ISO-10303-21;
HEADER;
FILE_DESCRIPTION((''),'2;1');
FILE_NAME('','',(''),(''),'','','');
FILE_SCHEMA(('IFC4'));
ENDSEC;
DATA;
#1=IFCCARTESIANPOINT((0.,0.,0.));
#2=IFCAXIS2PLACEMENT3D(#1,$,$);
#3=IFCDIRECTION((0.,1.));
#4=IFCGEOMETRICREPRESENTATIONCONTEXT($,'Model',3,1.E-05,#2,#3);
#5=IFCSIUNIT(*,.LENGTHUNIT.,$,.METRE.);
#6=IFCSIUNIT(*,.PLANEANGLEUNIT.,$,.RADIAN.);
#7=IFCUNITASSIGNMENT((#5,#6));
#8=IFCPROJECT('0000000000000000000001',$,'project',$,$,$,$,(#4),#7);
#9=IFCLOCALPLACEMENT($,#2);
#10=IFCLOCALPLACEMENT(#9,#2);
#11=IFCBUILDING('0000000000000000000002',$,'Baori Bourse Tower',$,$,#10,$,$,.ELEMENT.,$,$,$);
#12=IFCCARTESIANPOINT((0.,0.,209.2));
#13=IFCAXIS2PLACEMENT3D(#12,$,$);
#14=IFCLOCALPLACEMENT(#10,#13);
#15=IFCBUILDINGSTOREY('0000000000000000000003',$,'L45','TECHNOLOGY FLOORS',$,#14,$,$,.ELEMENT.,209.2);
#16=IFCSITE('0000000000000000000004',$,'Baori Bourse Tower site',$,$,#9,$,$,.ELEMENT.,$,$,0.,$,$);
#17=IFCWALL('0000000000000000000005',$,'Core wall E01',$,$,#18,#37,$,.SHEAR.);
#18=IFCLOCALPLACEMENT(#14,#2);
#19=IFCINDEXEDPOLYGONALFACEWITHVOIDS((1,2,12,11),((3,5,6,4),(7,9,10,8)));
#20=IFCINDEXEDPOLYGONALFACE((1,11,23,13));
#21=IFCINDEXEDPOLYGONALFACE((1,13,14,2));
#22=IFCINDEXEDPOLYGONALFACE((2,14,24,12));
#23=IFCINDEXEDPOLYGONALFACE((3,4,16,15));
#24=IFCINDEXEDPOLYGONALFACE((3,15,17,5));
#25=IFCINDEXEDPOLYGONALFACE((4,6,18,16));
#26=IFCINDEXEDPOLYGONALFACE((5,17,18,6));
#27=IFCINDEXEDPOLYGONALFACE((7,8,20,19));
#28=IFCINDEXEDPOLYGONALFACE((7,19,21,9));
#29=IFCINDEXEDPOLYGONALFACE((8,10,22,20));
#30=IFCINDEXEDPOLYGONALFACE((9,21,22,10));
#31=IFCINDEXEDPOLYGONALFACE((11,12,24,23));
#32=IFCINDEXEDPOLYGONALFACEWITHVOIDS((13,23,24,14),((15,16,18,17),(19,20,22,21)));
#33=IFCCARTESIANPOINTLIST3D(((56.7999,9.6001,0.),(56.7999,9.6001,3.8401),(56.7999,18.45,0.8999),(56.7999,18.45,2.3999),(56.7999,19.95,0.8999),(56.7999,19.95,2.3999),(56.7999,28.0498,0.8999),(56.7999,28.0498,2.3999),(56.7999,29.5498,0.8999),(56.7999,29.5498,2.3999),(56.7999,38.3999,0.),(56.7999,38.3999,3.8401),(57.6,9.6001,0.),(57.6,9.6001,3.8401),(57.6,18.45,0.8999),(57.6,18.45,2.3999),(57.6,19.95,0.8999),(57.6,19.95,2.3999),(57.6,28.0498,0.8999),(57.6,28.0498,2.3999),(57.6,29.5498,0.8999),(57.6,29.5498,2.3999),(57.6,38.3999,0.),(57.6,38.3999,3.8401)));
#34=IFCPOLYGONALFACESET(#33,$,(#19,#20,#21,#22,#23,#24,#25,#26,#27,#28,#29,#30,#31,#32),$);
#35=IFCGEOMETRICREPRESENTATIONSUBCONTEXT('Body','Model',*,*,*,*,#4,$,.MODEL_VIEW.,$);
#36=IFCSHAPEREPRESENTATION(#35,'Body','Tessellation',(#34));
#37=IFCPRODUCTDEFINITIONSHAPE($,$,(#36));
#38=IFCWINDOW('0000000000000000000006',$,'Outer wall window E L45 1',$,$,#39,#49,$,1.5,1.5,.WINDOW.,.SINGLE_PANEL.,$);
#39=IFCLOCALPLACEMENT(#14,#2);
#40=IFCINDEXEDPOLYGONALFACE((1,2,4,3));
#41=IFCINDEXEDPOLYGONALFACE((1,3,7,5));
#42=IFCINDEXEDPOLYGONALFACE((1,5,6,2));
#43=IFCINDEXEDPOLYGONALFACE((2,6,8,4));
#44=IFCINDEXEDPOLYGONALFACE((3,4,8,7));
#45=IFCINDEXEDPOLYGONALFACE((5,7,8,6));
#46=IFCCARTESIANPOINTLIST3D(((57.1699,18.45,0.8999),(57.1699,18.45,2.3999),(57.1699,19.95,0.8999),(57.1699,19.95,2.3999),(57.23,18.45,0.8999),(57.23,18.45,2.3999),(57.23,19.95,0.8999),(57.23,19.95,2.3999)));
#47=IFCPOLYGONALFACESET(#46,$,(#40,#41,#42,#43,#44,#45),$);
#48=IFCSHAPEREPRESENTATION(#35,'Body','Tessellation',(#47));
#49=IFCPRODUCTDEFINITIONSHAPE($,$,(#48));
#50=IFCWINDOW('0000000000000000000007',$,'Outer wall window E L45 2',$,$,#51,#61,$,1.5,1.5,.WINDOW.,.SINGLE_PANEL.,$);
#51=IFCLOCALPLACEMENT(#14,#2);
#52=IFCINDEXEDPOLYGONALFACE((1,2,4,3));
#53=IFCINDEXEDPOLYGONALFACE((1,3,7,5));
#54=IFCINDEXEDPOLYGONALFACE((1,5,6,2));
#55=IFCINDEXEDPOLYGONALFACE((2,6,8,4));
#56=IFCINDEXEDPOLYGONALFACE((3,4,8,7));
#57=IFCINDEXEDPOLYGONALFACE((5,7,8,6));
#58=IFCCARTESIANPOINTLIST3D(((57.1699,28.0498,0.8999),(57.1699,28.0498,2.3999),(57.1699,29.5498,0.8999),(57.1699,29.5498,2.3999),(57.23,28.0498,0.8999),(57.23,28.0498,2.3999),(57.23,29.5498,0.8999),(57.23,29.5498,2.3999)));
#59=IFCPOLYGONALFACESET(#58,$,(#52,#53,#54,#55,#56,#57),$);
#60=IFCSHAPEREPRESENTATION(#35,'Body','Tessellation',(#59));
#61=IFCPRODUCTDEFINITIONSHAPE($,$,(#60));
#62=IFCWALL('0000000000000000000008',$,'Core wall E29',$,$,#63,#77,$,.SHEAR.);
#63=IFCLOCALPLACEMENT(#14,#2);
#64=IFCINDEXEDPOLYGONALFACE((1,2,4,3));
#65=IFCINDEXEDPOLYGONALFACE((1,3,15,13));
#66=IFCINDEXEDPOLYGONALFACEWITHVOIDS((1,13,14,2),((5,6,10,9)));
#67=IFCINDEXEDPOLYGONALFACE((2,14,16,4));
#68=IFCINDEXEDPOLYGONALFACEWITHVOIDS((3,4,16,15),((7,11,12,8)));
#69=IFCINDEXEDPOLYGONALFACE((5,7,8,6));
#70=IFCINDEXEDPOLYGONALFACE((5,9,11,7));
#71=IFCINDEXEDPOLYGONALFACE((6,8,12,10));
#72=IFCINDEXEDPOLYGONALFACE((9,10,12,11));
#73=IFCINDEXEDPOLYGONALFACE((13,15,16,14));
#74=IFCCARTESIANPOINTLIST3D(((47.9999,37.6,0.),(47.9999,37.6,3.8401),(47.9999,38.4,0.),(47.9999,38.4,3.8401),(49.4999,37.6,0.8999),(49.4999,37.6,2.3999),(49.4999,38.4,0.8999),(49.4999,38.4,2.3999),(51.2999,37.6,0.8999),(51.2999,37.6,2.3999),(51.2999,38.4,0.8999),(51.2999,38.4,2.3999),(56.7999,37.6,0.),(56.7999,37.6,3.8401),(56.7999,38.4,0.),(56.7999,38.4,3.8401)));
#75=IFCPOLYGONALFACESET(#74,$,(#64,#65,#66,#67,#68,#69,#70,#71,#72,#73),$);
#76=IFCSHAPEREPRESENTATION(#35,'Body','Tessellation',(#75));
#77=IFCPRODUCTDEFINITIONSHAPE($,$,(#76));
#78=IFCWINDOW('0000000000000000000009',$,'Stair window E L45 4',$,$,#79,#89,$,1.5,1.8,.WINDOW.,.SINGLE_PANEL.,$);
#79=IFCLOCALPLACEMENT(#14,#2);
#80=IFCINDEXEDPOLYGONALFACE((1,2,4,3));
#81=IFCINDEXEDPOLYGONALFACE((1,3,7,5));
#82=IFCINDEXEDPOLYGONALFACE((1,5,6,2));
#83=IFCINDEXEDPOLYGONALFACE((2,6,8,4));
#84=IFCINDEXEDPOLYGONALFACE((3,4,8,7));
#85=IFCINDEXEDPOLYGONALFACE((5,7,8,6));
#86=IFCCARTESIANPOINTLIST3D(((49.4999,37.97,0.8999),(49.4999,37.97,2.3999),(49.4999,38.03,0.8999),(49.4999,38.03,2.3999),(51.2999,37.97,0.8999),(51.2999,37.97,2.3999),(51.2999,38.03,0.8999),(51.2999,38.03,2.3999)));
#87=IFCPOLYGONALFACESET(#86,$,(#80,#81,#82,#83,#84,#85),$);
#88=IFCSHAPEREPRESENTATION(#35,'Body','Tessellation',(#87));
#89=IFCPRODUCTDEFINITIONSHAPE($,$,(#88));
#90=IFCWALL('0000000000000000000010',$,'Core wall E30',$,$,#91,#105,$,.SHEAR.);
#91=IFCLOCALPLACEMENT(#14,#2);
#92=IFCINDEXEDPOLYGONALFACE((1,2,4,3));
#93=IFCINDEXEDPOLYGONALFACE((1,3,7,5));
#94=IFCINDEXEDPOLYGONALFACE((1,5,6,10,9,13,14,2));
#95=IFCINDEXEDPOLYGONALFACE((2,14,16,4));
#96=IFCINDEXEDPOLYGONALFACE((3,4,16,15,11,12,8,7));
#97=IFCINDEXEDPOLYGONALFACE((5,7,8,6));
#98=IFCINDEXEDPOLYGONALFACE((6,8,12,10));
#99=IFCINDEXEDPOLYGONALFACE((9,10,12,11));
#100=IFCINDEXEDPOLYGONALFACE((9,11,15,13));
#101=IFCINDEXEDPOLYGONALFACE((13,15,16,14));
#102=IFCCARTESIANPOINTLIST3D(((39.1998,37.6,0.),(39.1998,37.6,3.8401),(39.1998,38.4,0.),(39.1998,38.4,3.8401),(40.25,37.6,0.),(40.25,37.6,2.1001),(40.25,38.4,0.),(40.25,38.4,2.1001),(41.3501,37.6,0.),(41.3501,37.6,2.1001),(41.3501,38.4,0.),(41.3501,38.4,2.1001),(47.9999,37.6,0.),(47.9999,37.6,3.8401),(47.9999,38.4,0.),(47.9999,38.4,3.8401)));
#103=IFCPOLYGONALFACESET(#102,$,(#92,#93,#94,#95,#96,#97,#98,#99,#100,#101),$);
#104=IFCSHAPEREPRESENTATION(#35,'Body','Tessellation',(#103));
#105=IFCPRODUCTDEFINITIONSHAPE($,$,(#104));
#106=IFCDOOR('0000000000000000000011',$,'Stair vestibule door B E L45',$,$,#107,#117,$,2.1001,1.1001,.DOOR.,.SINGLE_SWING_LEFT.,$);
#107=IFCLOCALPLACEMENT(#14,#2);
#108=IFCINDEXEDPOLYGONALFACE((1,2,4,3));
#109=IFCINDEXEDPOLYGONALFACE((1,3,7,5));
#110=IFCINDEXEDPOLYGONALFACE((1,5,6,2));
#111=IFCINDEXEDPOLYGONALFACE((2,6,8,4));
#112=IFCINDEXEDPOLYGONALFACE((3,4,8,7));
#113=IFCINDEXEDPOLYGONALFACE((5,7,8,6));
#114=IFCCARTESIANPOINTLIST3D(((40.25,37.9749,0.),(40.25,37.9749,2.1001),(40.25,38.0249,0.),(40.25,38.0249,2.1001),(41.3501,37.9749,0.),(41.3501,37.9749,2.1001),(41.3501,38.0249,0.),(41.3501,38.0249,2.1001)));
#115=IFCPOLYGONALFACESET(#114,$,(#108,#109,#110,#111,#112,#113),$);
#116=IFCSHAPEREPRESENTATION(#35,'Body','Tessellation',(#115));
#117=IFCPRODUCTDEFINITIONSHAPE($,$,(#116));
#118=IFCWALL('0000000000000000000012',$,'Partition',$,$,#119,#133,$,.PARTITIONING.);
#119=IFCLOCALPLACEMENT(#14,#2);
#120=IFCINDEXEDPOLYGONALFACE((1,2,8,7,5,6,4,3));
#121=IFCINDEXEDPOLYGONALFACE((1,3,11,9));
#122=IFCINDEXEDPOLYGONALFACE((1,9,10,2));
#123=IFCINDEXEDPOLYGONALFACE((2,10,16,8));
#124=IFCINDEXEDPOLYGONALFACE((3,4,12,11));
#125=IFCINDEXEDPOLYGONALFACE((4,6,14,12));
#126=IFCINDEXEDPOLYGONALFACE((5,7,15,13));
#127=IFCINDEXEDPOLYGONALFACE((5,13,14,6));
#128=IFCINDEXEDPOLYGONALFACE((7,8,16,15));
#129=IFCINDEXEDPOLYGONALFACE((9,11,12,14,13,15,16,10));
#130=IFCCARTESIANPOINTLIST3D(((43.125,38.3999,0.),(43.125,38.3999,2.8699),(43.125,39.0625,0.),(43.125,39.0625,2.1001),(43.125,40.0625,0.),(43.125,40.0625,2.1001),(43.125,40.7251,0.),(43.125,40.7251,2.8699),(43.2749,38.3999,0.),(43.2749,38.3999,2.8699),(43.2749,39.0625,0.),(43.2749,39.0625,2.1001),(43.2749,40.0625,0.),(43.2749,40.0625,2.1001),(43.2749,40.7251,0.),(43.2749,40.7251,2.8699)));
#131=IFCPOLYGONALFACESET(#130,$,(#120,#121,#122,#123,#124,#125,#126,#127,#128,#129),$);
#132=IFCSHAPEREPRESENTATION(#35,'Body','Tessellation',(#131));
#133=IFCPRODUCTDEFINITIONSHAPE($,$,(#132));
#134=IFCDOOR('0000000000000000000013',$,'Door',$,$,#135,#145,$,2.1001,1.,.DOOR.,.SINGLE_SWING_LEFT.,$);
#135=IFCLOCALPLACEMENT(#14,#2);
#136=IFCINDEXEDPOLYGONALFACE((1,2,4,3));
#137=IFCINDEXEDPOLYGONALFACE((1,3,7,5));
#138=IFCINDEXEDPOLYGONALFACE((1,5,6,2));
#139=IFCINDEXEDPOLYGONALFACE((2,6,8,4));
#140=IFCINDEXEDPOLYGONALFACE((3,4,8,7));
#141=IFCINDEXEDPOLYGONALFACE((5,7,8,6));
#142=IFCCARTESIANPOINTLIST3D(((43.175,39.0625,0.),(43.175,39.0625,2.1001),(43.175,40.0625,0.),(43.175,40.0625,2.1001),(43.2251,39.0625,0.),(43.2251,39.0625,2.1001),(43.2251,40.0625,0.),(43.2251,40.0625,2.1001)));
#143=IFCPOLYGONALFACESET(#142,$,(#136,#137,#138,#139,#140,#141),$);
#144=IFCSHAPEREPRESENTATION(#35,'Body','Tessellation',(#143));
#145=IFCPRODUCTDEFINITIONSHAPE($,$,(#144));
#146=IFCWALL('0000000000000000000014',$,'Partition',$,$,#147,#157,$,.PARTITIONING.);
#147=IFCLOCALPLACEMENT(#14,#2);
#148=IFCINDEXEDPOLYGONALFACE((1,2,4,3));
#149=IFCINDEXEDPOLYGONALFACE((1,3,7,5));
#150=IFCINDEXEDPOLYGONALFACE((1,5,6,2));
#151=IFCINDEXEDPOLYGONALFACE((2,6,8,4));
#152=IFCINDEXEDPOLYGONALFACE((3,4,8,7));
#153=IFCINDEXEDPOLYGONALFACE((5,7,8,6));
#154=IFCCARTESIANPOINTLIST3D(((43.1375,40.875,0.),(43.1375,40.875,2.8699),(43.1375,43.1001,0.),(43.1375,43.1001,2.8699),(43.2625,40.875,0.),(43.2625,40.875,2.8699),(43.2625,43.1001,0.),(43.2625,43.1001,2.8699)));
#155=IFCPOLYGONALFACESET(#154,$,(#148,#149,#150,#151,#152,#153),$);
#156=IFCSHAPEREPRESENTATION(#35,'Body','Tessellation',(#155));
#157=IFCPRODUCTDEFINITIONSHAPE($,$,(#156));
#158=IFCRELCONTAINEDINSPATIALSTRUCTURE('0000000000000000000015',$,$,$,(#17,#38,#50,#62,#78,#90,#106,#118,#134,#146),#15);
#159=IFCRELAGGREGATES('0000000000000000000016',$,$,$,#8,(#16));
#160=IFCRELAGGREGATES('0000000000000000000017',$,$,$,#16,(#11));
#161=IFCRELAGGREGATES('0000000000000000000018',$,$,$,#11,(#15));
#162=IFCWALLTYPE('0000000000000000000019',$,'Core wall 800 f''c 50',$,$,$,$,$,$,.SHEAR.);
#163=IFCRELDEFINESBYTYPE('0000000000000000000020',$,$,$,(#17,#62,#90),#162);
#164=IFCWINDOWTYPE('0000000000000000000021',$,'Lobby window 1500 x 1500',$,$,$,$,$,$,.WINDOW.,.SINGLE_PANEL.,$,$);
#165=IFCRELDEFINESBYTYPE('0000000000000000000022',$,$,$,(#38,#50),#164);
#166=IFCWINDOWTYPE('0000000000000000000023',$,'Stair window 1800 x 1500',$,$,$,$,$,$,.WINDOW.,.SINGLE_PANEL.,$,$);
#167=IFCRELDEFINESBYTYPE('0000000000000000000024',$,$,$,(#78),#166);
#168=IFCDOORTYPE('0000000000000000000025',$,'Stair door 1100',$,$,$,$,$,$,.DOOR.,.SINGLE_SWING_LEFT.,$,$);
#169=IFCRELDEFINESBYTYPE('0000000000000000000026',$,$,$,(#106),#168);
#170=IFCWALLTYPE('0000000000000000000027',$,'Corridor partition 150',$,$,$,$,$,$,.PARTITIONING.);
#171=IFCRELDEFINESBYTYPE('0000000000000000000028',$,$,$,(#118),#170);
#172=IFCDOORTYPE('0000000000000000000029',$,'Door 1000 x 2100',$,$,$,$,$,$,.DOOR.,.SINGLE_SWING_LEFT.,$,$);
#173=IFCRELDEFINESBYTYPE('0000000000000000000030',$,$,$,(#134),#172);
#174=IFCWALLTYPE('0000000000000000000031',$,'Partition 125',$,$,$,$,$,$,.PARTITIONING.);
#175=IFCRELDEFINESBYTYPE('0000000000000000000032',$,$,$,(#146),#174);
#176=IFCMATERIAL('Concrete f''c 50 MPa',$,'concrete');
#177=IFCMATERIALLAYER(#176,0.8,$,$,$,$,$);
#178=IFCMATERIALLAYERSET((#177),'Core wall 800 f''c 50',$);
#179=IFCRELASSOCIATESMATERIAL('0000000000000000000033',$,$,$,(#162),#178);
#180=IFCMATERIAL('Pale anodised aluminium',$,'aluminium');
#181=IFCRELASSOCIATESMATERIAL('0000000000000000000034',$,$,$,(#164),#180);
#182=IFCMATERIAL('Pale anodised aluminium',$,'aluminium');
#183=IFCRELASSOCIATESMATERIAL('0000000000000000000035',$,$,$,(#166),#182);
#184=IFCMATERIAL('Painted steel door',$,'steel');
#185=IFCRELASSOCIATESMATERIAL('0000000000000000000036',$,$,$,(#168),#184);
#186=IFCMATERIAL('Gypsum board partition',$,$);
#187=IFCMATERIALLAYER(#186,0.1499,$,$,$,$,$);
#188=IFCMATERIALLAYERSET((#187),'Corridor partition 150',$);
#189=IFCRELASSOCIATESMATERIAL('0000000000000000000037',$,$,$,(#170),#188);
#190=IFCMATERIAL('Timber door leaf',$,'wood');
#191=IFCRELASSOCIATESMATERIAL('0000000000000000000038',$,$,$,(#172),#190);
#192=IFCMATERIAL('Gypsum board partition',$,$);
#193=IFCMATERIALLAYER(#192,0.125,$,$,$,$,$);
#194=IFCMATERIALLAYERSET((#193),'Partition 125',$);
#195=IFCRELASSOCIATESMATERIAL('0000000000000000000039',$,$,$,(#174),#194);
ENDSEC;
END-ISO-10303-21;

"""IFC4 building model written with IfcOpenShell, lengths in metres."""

from ifc_helpers import new_model, si_unit, direction, frame, frame_2d, origin, place, context, subcontext, project, spatial, rectangle, extrude, material, layer, layer_set, type_object, element, fill, save


model = new_model("IFC4")

# Units and contexts
model_context = context("Model", 3, precision=1e-05, world=origin(), true_north=direction((0.0, 1.0)))
body_context = subcontext(model_context, "Body", "Model", "MODEL_VIEW")
ifc_project = project(units=[si_unit("LENGTHUNIT", "METRE"), si_unit("PLANEANGLEUNIT", "RADIAN")], contexts=[model_context])

# Site, building, storey
site_placement = place(None, origin())
site = spatial("IfcSite", under=ifc_project, at=site_placement, Name="Baori Bourse Tower site", CompositionType="ELEMENT", RefElevation=0.0)
building_placement = place(site_placement, origin())
building = spatial("IfcBuilding", under=site, at=building_placement, Name="Baori Bourse Tower", CompositionType="ELEMENT")
storey_placement = place(building_placement, frame((0.0, 0.0, 209.2)))
storey = spatial("IfcBuildingStorey", under=building, at=storey_placement, Name="L45", Description="TECHNOLOGY FLOORS", CompositionType="ELEMENT", Elevation=209.2)

# Wall, openings, windows
ifc_material_1 = material(Name="Concrete f'c 50 MPa", Category="concrete")
ifc_layer_1 = layer(ifc_material_1, 0.8)
ifc_layer_set_1 = layer_set([ifc_layer_1], Name="Core wall 800 f'c 50")
wall_type_1 = type_object("IfcWallType", Name="Core wall 800 f'c 50", PredefinedType="SHEAR", material=ifc_layer_set_1)
wall_1_placement = place(storey_placement, frame((57.2, 38.3999, 0.0), z_axis=(0.0, 0.0, 1.0), x_axis=(0.0, -1.0, 0.0)))
wall_1 = element("IfcWall", 1, at=wall_1_placement, inside=storey, type_object=wall_type_1, Name="Core wall E01", PredefinedType="SHEAR", context=body_context, shape_type="SweptSolid", body=[
    extrude(rectangle(XDim=28.7998, YDim=0.8, at=frame_2d((14.3999, 0.0))), origin(), (0.0, 0.0, 1.0), 3.8401),
])
opening_1_placement = place(wall_1_placement, frame((18.45, 0.0, 0.8999)))
opening_1 = element("IfcOpeningElement", 2, at=opening_1_placement, cuts=wall_1, PredefinedType="OPENING", context=body_context, shape_type="SweptSolid", body=[
    extrude(rectangle(XDim=1.5, YDim=1.5, at=frame_2d((0.75, 0.75))), frame((0.0, 0.4099, 0.0), z_axis=(0.0, -1.0, 0.0), x_axis=(1.0, 0.0, 0.0)), (0.0, 0.0, 1.0), 0.8201),
])
opening_2_placement = place(wall_1_placement, frame((8.8501, 0.0, 0.8999)))
opening_2 = element("IfcOpeningElement", 3, at=opening_2_placement, cuts=wall_1, PredefinedType="OPENING", context=body_context, shape_type="SweptSolid", body=[
    extrude(rectangle(XDim=1.5, YDim=1.5, at=frame_2d((0.75, 0.75))), frame((0.0, 0.4099, 0.0), z_axis=(0.0, -1.0, 0.0), x_axis=(1.0, 0.0, 0.0)), (0.0, 0.0, 1.0), 0.8201),
])
ifc_material_2 = material(Name="Pale anodised aluminium", Category="aluminium")
window_type_1 = type_object("IfcWindowType", Name="Lobby window 1500 x 1500", PartitioningType="SINGLE_PANEL", PredefinedType="WINDOW", material=ifc_material_2)
window_1_placement = place(opening_1_placement, origin())
window_1 = element("IfcWindow", 4, at=window_1_placement, inside=storey, type_object=window_type_1, Name="Outer wall window E L45 1", OverallHeight=1.5, OverallWidth=1.5, PartitioningType="SINGLE_PANEL", PredefinedType="WINDOW", context=body_context, shape_type="SweptSolid", body=[
    extrude(rectangle(XDim=1.5, YDim=1.5, at=frame_2d((0.75, 0.75))), frame((0.0, 0.03, 0.0), z_axis=(0.0, -1.0, 0.0), x_axis=(1.0, 0.0, 0.0)), (0.0, 0.0, 1.0), 0.0601),
])
fill(opening_1, window_1)
window_2_placement = place(opening_2_placement, origin())
window_2 = element("IfcWindow", 5, at=window_2_placement, inside=storey, type_object=window_type_1, Name="Outer wall window E L45 2", OverallHeight=1.5, OverallWidth=1.5, PartitioningType="SINGLE_PANEL", PredefinedType="WINDOW", context=body_context, shape_type="SweptSolid", body=[
    extrude(rectangle(XDim=1.5, YDim=1.5, at=frame_2d((0.75, 0.75))), frame((0.0, 0.03, 0.0), z_axis=(0.0, -1.0, 0.0), x_axis=(1.0, 0.0, 0.0)), (0.0, 0.0, 1.0), 0.0601),
])
fill(opening_2, window_2)

# Wall, opening, window
wall_2_placement = place(storey_placement, frame((48.0, 38.0, 0.0), z_axis=(0.0, 0.0, 1.0), x_axis=(1.0, 0.0, 0.0)))
wall_2 = element("IfcWall", 6, at=wall_2_placement, inside=storey, type_object=wall_type_1, Name="Core wall E29", PredefinedType="SHEAR", context=body_context, shape_type="SweptSolid", body=[
    extrude(rectangle(XDim=8.8, YDim=0.8, at=frame_2d((4.3999, 0.0))), origin(), (0.0, 0.0, 1.0), 3.8401),
])
opening_3_placement = place(wall_2_placement, frame((1.5, 0.0, 0.8999)))
opening_3 = element("IfcOpeningElement", 7, at=opening_3_placement, cuts=wall_2, PredefinedType="OPENING", context=body_context, shape_type="SweptSolid", body=[
    extrude(rectangle(XDim=1.8, YDim=1.5, at=frame_2d((0.8999, 0.75))), frame((0.0, 0.4099, 0.0), z_axis=(0.0, -1.0, 0.0), x_axis=(1.0, 0.0, 0.0)), (0.0, 0.0, 1.0), 0.8201),
])
ifc_material_3 = material(Name="Pale anodised aluminium", Category="aluminium")
window_type_2 = type_object("IfcWindowType", Name="Stair window 1800 x 1500", PartitioningType="SINGLE_PANEL", PredefinedType="WINDOW", material=ifc_material_3)
window_3_placement = place(opening_3_placement, origin())
window_3 = element("IfcWindow", 8, at=window_3_placement, inside=storey, type_object=window_type_2, Name="Stair window E L45 4", OverallHeight=1.5, OverallWidth=1.8, PartitioningType="SINGLE_PANEL", PredefinedType="WINDOW", context=body_context, shape_type="SweptSolid", body=[
    extrude(rectangle(XDim=1.8, YDim=1.5, at=frame_2d((0.8999, 0.75))), frame((0.0, 0.03, 0.0), z_axis=(0.0, -1.0, 0.0), x_axis=(1.0, 0.0, 0.0)), (0.0, 0.0, 1.0), 0.0601),
])
fill(opening_3, window_3)

# Walls, openings, doors
wall_3_placement = place(storey_placement, frame((39.2, 38.0, 0.0), z_axis=(0.0, 0.0, 1.0), x_axis=(1.0, 0.0, 0.0)))
wall_3 = element("IfcWall", 9, at=wall_3_placement, inside=storey, type_object=wall_type_1, Name="Core wall E30", PredefinedType="SHEAR", context=body_context, shape_type="SweptSolid", body=[
    extrude(rectangle(XDim=8.8, YDim=0.8, at=frame_2d((4.3999, 0.0))), origin(), (0.0, 0.0, 1.0), 3.8401),
])
opening_4_placement = place(wall_3_placement, frame((1.05, 0.0, 0.0)))
opening_4 = element("IfcOpeningElement", 10, at=opening_4_placement, cuts=wall_3, PredefinedType="OPENING", context=body_context, shape_type="SweptSolid", body=[
    extrude(rectangle(XDim=1.1001, YDim=2.1001, at=frame_2d((0.55, 1.05))), frame((0.0, 0.4099, 0.0), z_axis=(0.0, -1.0, 0.0), x_axis=(1.0, 0.0, 0.0)), (0.0, 0.0, 1.0), 0.8201),
])
ifc_material_4 = material(Name="Painted steel door", Category="steel")
door_type_1 = type_object("IfcDoorType", Name="Stair door 1100", OperationType="SINGLE_SWING_LEFT", PredefinedType="DOOR", material=ifc_material_4)
door_1_placement = place(opening_4_placement, origin())
door_1 = element("IfcDoor", 11, at=door_1_placement, inside=storey, type_object=door_type_1, Name="Stair vestibule door B E L45", OperationType="SINGLE_SWING_LEFT", OverallHeight=2.1001, OverallWidth=1.1001, PredefinedType="DOOR", context=body_context, shape_type="SweptSolid", body=[
    extrude(rectangle(XDim=1.1001, YDim=2.1001, at=frame_2d((0.55, 1.05))), frame((0.0, 0.0249, 0.0), z_axis=(0.0, -1.0, 0.0), x_axis=(1.0, 0.0, 0.0)), (0.0, 0.0, 1.0), 0.05),
])
fill(opening_4, door_1)
ifc_material_5 = material(Name="Gypsum board partition")
ifc_layer_2 = layer(ifc_material_5, 0.1499)
ifc_layer_set_2 = layer_set([ifc_layer_2], Name="Corridor partition 150")
wall_type_2 = type_object("IfcWallType", Name="Corridor partition 150", PredefinedType="PARTITIONING", material=ifc_layer_set_2)
wall_4_placement = place(storey_placement, frame((43.2, 38.3999, 0.0), z_axis=(0.0, 0.0, 1.0), x_axis=(0.0, 1.0, 0.0)))
wall_4 = element("IfcWall", 12, at=wall_4_placement, inside=storey, type_object=wall_type_2, Name="Partition", PredefinedType="PARTITIONING", context=body_context, shape_type="SweptSolid", body=[
    extrude(rectangle(XDim=2.3252, YDim=0.1499, at=frame_2d((1.1626, 0.0))), origin(), (0.0, 0.0, 1.0), 2.8699),
])
opening_5_placement = place(wall_4_placement, frame((0.6626, 0.0, 0.0)))
opening_5 = element("IfcOpeningElement", 13, at=opening_5_placement, cuts=wall_4, PredefinedType="OPENING", context=body_context, shape_type="SweptSolid", body=[
    extrude(rectangle(XDim=1.0, YDim=2.1001, at=frame_2d((0.5, 1.05))), frame((0.0, 0.085, 0.0), z_axis=(0.0, -1.0, 0.0), x_axis=(1.0, 0.0, 0.0)), (0.0, 0.0, 1.0), 0.1699),
])
ifc_material_6 = material(Name="Timber door leaf", Category="wood")
door_type_2 = type_object("IfcDoorType", Name="Door 1000 x 2100", OperationType="SINGLE_SWING_LEFT", PredefinedType="DOOR", material=ifc_material_6)
door_2_placement = place(opening_5_placement, origin())
door_2 = element("IfcDoor", 14, at=door_2_placement, inside=storey, type_object=door_type_2, Name="Door", OperationType="SINGLE_SWING_LEFT", OverallHeight=2.1001, OverallWidth=1.0, PredefinedType="DOOR", context=body_context, shape_type="SweptSolid", body=[
    extrude(rectangle(XDim=1.0, YDim=2.1001, at=frame_2d((0.5, 1.05))), frame((0.0, 0.0249, 0.0), z_axis=(0.0, -1.0, 0.0), x_axis=(1.0, 0.0, 0.0)), (0.0, 0.0, 1.0), 0.05),
])
fill(opening_5, door_2)

# Wall
ifc_material_7 = material(Name="Gypsum board partition")
ifc_layer_3 = layer(ifc_material_7, 0.125)
ifc_layer_set_3 = layer_set([ifc_layer_3], Name="Partition 125")
wall_type_3 = type_object("IfcWallType", Name="Partition 125", PredefinedType="PARTITIONING", material=ifc_layer_set_3)
wall_5_placement = place(storey_placement, frame((43.2, 40.875, 0.0), z_axis=(0.0, 0.0, 1.0), x_axis=(0.0, 1.0, 0.0)))
element("IfcWall", 15, at=wall_5_placement, inside=storey, type_object=wall_type_3, Name="Partition", PredefinedType="PARTITIONING", context=body_context, shape_type="SweptSolid", body=[
    extrude(rectangle(XDim=2.2251, YDim=0.125, at=frame_2d((1.1125, 0.0))), origin(), (0.0, 0.0, 1.0), 2.8699),
])

save(model, "model.ifc")
